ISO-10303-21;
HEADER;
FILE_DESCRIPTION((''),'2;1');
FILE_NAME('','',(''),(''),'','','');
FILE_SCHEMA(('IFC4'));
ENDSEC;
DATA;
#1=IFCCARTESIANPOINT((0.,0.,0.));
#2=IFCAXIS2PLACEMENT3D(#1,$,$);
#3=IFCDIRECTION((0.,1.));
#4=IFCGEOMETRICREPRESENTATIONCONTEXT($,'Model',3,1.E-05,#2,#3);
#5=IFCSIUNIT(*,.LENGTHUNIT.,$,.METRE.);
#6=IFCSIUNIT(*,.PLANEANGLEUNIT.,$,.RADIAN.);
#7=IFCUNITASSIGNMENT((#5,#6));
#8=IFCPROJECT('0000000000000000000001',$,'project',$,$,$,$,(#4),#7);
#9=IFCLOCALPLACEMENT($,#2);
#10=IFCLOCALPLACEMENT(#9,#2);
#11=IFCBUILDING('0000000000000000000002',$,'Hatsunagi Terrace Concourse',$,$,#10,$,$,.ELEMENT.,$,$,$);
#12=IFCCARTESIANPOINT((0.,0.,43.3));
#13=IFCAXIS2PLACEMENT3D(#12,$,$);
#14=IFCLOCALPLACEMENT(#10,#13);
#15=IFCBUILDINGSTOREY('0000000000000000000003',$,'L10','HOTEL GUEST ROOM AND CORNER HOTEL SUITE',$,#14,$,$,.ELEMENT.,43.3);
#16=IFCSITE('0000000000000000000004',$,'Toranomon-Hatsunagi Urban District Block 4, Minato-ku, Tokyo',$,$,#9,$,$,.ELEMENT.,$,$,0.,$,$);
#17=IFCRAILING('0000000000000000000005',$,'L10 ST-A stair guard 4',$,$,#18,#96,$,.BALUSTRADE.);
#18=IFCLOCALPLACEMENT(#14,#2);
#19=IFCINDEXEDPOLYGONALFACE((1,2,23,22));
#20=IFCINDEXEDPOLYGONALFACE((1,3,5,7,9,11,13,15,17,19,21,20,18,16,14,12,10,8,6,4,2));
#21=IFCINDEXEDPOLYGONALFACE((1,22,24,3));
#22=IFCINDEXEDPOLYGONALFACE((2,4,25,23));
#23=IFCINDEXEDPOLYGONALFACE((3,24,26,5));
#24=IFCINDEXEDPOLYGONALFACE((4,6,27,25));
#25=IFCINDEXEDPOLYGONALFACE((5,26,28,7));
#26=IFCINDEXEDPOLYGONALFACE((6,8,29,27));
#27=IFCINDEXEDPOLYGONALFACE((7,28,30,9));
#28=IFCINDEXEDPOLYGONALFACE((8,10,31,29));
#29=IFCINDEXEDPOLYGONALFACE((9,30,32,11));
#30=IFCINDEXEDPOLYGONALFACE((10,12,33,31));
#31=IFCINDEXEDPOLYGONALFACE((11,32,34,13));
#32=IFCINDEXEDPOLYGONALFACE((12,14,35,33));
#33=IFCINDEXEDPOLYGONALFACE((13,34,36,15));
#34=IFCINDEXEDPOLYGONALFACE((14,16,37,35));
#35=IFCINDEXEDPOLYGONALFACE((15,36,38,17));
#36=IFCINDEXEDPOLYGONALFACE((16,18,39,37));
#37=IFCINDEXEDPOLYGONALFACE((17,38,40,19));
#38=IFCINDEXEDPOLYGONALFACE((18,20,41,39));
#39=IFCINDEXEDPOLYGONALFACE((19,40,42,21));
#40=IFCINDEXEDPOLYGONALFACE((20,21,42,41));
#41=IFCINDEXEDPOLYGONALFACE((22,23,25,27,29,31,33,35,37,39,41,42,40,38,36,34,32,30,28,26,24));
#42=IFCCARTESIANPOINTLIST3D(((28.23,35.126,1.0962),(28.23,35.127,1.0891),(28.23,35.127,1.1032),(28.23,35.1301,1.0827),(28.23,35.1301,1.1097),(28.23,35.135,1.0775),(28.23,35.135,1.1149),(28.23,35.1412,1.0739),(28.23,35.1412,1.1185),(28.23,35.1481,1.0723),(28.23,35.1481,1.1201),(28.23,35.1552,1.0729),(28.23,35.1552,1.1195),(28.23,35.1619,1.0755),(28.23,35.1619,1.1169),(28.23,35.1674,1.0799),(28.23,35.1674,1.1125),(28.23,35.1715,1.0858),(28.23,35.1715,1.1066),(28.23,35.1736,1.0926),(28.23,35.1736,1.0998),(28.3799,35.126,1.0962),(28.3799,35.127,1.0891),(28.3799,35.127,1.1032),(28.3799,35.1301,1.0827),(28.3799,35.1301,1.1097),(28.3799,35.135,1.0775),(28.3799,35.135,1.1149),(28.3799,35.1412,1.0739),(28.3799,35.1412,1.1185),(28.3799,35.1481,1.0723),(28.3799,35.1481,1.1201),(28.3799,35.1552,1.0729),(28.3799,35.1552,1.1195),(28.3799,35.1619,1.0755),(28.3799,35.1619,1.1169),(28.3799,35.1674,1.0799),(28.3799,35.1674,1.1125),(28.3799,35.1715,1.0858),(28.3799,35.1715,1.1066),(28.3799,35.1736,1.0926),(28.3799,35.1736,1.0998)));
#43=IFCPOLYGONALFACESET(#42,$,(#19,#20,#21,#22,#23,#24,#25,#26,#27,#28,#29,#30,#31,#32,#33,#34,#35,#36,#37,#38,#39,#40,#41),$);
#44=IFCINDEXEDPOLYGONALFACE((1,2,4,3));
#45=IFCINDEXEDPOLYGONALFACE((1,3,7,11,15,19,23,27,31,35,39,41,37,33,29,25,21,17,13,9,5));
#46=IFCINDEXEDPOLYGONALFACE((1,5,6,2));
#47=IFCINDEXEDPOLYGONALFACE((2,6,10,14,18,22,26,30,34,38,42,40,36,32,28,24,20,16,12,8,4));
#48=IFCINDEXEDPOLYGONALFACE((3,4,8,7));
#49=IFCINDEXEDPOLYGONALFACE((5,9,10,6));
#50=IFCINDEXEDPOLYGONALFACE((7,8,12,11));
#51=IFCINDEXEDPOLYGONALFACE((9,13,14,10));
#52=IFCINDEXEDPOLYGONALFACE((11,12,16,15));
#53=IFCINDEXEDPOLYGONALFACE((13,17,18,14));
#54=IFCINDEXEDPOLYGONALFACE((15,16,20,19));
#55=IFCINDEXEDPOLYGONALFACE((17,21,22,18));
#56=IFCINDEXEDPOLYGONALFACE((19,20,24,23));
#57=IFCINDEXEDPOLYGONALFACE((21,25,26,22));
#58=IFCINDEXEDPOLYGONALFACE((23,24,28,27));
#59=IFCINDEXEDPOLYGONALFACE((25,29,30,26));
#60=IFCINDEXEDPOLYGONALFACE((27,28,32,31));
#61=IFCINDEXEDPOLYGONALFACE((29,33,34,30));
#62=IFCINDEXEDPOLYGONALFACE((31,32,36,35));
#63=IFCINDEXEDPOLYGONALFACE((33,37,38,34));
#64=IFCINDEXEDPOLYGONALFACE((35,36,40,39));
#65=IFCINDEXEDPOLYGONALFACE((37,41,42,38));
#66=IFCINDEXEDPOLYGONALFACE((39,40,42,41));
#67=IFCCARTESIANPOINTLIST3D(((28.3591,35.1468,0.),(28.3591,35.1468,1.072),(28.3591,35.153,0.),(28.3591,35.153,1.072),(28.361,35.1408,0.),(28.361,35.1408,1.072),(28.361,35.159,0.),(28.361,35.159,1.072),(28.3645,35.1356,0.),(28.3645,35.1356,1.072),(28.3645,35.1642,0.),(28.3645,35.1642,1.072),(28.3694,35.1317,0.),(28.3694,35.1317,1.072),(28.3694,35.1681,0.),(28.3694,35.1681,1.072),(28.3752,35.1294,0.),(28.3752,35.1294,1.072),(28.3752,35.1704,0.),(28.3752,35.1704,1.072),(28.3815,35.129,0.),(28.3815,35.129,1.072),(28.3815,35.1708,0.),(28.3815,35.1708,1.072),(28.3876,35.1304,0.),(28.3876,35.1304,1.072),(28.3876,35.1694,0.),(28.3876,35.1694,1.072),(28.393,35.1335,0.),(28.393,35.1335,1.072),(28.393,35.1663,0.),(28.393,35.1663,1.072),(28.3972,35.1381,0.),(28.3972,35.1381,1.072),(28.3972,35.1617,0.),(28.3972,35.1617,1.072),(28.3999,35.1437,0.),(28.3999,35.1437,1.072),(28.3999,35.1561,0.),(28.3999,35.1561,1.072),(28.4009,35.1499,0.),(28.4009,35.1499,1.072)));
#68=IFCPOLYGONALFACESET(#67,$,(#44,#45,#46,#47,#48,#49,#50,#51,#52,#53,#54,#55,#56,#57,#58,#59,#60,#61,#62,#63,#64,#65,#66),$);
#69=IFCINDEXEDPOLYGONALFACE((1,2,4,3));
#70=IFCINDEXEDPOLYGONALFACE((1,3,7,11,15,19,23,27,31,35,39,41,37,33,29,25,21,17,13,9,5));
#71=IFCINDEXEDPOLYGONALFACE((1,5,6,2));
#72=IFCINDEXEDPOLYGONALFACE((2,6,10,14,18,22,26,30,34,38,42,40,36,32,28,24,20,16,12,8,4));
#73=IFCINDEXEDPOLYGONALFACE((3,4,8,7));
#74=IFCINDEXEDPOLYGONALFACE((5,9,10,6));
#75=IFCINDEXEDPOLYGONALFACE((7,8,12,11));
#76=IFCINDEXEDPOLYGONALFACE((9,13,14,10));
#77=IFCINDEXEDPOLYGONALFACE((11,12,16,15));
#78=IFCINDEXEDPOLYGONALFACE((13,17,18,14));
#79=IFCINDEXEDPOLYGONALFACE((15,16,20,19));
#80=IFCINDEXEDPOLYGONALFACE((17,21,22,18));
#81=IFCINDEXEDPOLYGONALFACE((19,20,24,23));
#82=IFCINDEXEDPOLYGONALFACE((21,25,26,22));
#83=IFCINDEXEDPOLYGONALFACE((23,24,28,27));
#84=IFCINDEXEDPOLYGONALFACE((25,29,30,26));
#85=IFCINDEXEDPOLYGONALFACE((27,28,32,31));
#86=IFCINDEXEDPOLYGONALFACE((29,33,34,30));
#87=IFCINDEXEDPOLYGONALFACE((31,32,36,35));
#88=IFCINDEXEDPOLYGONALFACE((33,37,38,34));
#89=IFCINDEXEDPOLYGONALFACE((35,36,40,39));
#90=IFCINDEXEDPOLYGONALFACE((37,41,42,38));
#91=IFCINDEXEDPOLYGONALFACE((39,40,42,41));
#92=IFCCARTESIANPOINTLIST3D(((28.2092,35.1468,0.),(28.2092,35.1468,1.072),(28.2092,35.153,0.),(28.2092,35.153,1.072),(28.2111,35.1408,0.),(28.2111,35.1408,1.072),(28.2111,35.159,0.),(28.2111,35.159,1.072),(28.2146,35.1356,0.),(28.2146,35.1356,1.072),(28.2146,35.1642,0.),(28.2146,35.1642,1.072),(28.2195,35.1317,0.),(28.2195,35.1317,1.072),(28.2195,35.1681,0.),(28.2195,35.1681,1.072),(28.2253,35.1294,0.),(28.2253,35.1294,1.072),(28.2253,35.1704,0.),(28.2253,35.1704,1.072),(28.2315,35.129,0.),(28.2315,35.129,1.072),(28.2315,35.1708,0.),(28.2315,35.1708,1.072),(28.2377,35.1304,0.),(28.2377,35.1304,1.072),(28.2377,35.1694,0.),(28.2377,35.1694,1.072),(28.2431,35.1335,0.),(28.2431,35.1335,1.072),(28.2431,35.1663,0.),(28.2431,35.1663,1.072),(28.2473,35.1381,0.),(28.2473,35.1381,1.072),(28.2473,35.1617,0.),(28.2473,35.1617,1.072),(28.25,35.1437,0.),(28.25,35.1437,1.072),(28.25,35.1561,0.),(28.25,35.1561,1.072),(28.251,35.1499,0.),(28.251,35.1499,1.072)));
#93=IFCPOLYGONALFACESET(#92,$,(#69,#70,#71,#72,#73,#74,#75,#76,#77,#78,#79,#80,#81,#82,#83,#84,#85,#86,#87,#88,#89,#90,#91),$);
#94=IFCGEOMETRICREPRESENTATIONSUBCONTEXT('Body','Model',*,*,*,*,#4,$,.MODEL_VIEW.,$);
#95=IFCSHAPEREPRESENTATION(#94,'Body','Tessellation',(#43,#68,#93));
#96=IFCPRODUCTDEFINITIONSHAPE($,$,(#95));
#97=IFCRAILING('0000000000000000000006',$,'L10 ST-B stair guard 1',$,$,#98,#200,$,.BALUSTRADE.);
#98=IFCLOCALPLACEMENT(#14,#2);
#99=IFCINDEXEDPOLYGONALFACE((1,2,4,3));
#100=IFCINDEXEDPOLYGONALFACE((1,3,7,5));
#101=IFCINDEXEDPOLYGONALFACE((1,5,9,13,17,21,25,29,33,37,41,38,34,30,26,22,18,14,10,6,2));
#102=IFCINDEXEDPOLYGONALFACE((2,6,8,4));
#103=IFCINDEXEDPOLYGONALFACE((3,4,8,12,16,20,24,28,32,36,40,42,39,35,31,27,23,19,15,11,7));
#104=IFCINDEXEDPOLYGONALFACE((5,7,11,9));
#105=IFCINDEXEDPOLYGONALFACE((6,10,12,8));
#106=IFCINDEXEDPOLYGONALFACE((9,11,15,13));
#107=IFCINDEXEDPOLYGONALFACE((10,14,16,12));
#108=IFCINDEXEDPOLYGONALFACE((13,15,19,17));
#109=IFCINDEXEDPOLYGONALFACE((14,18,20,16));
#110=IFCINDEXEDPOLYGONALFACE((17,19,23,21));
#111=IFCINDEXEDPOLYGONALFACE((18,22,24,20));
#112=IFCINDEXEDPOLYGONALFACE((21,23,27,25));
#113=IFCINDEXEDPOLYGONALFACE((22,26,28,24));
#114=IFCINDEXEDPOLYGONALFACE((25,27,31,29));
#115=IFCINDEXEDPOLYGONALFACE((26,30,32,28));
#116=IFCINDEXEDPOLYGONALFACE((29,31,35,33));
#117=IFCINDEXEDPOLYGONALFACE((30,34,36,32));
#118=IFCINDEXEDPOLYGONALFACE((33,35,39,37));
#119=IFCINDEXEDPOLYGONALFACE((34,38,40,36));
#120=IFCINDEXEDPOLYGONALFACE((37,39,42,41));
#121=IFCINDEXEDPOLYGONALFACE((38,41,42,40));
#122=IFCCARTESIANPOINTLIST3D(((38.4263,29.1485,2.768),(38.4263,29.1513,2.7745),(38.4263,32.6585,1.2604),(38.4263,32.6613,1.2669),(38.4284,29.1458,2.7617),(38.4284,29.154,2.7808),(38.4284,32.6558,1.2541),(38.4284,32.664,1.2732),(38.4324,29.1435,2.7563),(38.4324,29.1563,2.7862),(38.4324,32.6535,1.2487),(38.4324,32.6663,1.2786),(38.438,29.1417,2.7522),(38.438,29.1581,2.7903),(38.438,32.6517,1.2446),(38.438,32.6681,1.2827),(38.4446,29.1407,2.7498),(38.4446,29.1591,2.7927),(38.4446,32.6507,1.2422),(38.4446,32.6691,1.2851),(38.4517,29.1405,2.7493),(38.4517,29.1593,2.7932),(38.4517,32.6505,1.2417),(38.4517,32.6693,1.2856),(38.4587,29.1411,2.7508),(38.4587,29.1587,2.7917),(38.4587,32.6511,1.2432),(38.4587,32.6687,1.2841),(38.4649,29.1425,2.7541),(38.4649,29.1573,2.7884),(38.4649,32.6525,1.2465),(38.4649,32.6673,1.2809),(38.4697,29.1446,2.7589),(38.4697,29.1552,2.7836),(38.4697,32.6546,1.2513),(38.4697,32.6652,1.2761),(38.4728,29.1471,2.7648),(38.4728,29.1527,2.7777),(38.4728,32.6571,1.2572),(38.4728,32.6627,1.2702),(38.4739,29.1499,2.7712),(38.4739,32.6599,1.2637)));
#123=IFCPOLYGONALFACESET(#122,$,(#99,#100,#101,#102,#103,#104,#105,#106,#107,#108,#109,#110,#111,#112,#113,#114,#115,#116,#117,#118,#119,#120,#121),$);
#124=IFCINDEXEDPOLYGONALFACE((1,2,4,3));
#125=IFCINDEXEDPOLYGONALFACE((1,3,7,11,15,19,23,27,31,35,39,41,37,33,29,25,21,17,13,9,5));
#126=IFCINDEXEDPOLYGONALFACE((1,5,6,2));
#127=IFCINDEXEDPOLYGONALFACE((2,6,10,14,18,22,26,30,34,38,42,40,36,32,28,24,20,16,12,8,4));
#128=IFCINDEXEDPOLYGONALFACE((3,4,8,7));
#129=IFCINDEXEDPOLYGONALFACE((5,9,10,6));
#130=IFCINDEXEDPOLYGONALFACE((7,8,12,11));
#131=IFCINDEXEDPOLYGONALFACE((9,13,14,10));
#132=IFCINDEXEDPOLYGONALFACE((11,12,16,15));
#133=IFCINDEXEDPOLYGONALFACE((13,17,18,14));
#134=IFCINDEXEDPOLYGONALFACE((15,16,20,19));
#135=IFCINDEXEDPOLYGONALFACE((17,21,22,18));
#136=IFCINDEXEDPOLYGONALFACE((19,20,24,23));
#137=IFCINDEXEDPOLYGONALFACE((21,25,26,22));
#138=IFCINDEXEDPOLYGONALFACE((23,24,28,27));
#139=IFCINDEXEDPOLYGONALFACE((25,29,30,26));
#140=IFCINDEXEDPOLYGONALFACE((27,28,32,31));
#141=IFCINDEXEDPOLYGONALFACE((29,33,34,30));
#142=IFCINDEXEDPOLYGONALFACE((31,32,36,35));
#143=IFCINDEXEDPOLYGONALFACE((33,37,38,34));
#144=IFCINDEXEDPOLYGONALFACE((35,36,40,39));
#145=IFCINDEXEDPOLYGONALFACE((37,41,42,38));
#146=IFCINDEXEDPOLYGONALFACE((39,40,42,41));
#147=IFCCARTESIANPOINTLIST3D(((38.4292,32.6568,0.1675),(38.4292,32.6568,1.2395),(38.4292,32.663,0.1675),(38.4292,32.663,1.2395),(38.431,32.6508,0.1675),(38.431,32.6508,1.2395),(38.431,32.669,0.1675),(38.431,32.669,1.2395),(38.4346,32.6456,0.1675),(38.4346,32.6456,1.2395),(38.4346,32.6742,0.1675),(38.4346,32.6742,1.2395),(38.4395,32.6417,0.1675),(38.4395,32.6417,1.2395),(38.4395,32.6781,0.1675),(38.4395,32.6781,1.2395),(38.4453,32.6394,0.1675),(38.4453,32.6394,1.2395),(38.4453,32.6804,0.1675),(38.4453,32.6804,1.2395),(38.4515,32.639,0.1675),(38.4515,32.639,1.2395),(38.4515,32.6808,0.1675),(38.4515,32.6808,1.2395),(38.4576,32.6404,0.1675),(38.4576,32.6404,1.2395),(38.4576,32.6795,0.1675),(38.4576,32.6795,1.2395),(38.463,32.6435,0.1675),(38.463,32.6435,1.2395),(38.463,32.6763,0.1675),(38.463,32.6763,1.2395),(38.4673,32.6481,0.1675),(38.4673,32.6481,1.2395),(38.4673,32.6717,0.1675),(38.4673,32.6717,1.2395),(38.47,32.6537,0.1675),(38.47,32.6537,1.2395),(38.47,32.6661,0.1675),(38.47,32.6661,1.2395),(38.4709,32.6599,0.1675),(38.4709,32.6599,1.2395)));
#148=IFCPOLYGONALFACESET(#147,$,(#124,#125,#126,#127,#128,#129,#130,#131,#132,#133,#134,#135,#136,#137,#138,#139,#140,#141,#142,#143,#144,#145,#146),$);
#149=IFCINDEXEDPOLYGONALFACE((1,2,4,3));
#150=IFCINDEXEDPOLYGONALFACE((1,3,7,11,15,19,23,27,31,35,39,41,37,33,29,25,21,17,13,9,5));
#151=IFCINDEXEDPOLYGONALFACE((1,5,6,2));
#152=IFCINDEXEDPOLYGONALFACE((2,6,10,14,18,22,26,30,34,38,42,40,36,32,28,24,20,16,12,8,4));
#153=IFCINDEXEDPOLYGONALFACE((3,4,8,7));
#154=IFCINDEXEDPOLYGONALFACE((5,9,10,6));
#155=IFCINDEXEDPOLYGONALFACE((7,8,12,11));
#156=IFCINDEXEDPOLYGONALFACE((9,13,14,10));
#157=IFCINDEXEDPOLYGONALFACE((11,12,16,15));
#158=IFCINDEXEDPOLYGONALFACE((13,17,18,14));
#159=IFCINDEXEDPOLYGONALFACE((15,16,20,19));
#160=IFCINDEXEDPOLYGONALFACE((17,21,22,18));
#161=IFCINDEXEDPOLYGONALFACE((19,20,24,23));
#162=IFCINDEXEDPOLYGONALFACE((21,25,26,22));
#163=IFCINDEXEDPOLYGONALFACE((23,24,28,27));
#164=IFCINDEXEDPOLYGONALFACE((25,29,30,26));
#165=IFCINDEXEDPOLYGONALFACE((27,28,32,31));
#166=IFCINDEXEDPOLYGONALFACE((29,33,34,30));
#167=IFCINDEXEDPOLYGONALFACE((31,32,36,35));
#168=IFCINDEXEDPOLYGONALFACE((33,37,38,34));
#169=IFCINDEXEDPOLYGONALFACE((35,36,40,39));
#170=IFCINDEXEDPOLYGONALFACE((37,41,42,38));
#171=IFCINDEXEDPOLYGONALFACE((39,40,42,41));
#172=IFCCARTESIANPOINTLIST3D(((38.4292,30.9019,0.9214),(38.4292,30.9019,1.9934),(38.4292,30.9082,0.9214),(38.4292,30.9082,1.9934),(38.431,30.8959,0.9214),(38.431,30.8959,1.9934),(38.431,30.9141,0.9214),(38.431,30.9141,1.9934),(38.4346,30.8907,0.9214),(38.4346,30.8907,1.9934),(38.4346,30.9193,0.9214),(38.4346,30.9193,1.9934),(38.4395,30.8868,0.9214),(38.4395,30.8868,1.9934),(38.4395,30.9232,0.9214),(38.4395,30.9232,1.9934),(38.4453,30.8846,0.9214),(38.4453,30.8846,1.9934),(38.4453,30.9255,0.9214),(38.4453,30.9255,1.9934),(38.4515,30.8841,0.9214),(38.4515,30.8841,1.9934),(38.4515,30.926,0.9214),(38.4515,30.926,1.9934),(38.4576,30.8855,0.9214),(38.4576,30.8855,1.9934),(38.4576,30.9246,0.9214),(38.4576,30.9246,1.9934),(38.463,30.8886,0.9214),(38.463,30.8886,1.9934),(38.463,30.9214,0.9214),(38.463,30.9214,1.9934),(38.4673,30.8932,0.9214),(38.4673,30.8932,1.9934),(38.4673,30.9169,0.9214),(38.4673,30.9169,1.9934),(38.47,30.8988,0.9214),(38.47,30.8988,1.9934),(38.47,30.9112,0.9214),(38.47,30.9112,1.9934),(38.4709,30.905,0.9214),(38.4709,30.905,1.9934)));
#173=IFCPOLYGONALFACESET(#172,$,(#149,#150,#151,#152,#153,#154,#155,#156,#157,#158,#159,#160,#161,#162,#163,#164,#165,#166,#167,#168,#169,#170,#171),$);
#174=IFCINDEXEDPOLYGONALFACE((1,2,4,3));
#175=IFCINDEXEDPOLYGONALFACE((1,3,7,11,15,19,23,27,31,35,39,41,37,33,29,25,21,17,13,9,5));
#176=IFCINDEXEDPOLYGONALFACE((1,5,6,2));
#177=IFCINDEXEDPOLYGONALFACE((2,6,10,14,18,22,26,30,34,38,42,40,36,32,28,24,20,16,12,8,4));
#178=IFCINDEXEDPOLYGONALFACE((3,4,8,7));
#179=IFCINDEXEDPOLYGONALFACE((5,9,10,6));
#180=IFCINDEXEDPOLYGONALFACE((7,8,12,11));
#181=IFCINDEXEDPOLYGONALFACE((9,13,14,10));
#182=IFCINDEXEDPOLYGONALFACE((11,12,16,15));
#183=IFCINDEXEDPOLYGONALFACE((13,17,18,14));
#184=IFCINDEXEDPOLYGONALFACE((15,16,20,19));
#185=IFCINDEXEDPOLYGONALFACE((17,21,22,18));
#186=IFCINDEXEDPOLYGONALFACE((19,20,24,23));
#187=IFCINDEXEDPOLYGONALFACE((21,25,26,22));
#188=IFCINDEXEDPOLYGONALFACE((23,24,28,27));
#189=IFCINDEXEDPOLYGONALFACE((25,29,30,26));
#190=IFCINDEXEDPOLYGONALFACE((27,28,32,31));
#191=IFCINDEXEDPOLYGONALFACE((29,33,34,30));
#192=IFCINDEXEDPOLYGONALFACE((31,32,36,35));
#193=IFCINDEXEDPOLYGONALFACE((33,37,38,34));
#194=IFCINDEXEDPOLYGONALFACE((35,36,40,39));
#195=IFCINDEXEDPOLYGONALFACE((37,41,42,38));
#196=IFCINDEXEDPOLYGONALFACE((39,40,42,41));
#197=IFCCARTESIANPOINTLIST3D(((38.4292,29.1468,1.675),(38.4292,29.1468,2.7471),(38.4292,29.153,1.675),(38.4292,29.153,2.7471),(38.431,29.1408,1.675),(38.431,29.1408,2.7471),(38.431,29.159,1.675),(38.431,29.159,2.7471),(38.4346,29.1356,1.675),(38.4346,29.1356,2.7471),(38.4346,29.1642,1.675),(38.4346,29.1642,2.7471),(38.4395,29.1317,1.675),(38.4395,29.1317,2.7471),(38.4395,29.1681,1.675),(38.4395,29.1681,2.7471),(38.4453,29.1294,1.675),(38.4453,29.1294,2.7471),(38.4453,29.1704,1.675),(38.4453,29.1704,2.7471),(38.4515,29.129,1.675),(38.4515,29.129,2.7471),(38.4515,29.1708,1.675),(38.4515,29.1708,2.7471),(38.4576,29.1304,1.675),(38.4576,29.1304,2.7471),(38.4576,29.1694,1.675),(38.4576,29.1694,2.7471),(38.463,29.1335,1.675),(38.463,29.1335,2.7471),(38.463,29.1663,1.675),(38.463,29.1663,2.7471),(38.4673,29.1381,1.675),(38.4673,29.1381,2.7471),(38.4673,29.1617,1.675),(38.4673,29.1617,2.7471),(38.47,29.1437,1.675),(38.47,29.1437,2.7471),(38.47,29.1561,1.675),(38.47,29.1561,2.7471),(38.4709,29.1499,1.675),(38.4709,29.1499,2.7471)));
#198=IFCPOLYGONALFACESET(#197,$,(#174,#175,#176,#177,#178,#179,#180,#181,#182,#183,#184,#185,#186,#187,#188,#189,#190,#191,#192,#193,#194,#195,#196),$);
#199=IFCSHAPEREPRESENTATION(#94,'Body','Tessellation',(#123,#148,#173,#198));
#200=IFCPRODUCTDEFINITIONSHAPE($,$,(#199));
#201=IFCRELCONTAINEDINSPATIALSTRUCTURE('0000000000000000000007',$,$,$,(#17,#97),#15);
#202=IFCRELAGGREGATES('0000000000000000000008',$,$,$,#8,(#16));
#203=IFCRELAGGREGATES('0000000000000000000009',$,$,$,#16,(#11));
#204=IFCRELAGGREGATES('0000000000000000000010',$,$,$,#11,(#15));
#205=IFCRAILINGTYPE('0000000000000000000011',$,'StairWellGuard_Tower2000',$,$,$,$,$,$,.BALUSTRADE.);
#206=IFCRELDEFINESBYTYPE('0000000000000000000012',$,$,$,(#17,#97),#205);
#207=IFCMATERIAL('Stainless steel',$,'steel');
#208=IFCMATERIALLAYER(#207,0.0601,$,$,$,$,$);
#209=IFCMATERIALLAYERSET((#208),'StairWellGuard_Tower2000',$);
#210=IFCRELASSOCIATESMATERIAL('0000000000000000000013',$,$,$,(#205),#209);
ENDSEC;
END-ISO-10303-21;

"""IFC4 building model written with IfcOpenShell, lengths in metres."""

from ifc_helpers import new_model, si_unit, direction, frame, origin, origin_2d, place, context, subcontext, project, spatial, circle, extrude, material, layer, layer_set, type_object, element, save


model = new_model("IFC4")

# Units and contexts
model_context = context("Model", 3, precision=1e-05, world=origin(), true_north=direction((0.0, 1.0)))
body_context = subcontext(model_context, "Body", "Model", "MODEL_VIEW")
ifc_project = project(units=[si_unit("LENGTHUNIT", "METRE"), si_unit("PLANEANGLEUNIT", "RADIAN")], contexts=[model_context])

# Site, building, storey
site_placement = place(None, origin())
site = spatial("IfcSite", under=ifc_project, at=site_placement, Name="Toranomon-Hatsunagi Urban District Block 4, Minato-ku, Tokyo", CompositionType="ELEMENT", RefElevation=0.0)
building_placement = place(site_placement, origin())
building = spatial("IfcBuilding", under=site, at=building_placement, Name="Hatsunagi Terrace Concourse", CompositionType="ELEMENT")
storey_placement = place(building_placement, frame((0.0, 0.0, 43.3)))
storey = spatial("IfcBuildingStorey", under=building, at=storey_placement, Name="L10", Description="HOTEL GUEST ROOM AND CORNER HOTEL SUITE", CompositionType="ELEMENT", Elevation=43.3)

# Railings
ifc_material_1 = material(Name="Stainless steel", Category="steel")
ifc_layer_1 = layer(ifc_material_1, 0.0601)
ifc_layer_set_1 = layer_set([ifc_layer_1], Name="StairWellGuard_Tower2000")
railing_type_1 = type_object("IfcRailingType", Name="StairWellGuard_Tower2000", PredefinedType="BALUSTRADE", material=ifc_layer_set_1)
railing_1_placement = place(storey_placement, frame((28.3799, 35.1499, 0.0)))
element("IfcRailing", 1, at=railing_1_placement, inside=storey, type_object=railing_type_1, Name="L10 ST-A stair guard 4", PredefinedType="BALUSTRADE", context=body_context, shape_type="SweptSolid", body=[
    extrude(circle(Radius=0.0239, at=origin_2d()), frame((0.0, 0.0, 1.0962), z_axis=(-1.0, 0.0, 0.0), x_axis=(0.0, -1.0, 0.0)), (0.0, 0.0, 1.0), 0.1499),
    extrude(circle(Radius=0.021, at=origin_2d()), origin(), (0.0, 0.0, 1.0), 1.072),
    extrude(circle(Radius=0.021, at=origin_2d()), frame((-0.1499, 0.0, 0.0)), (0.0, 0.0, 1.0), 1.072),
])
railing_2_placement = place(storey_placement, frame((38.45, 32.6599, 0.1675)))
element("IfcRailing", 2, at=railing_2_placement, inside=storey, type_object=railing_type_1, Name="L10 ST-B stair guard 1", PredefinedType="BALUSTRADE", context=body_context, shape_type="SweptSolid", body=[
    extrude(circle(Radius=0.0239, at=origin_2d()), frame((0.0, 0.0, 1.0962), z_axis=(0.0, -0.918834, 0.394644), x_axis=(1.0, 0.0, 0.0)), (0.0, 0.0, 1.0), 3.8201),
    extrude(circle(Radius=0.021, at=origin_2d()), origin(), (0.0, 0.0, 1.0), 1.072),
    extrude(circle(Radius=0.021, at=origin_2d()), frame((0.0, -1.7549, 0.7539)), (0.0, 0.0, 1.0), 1.072),
    extrude(circle(Radius=0.021, at=origin_2d()), frame((0.0, -3.51, 1.5076)), (0.0, 0.0, 1.0), 1.072),
])

save(model, "model.ifc")
